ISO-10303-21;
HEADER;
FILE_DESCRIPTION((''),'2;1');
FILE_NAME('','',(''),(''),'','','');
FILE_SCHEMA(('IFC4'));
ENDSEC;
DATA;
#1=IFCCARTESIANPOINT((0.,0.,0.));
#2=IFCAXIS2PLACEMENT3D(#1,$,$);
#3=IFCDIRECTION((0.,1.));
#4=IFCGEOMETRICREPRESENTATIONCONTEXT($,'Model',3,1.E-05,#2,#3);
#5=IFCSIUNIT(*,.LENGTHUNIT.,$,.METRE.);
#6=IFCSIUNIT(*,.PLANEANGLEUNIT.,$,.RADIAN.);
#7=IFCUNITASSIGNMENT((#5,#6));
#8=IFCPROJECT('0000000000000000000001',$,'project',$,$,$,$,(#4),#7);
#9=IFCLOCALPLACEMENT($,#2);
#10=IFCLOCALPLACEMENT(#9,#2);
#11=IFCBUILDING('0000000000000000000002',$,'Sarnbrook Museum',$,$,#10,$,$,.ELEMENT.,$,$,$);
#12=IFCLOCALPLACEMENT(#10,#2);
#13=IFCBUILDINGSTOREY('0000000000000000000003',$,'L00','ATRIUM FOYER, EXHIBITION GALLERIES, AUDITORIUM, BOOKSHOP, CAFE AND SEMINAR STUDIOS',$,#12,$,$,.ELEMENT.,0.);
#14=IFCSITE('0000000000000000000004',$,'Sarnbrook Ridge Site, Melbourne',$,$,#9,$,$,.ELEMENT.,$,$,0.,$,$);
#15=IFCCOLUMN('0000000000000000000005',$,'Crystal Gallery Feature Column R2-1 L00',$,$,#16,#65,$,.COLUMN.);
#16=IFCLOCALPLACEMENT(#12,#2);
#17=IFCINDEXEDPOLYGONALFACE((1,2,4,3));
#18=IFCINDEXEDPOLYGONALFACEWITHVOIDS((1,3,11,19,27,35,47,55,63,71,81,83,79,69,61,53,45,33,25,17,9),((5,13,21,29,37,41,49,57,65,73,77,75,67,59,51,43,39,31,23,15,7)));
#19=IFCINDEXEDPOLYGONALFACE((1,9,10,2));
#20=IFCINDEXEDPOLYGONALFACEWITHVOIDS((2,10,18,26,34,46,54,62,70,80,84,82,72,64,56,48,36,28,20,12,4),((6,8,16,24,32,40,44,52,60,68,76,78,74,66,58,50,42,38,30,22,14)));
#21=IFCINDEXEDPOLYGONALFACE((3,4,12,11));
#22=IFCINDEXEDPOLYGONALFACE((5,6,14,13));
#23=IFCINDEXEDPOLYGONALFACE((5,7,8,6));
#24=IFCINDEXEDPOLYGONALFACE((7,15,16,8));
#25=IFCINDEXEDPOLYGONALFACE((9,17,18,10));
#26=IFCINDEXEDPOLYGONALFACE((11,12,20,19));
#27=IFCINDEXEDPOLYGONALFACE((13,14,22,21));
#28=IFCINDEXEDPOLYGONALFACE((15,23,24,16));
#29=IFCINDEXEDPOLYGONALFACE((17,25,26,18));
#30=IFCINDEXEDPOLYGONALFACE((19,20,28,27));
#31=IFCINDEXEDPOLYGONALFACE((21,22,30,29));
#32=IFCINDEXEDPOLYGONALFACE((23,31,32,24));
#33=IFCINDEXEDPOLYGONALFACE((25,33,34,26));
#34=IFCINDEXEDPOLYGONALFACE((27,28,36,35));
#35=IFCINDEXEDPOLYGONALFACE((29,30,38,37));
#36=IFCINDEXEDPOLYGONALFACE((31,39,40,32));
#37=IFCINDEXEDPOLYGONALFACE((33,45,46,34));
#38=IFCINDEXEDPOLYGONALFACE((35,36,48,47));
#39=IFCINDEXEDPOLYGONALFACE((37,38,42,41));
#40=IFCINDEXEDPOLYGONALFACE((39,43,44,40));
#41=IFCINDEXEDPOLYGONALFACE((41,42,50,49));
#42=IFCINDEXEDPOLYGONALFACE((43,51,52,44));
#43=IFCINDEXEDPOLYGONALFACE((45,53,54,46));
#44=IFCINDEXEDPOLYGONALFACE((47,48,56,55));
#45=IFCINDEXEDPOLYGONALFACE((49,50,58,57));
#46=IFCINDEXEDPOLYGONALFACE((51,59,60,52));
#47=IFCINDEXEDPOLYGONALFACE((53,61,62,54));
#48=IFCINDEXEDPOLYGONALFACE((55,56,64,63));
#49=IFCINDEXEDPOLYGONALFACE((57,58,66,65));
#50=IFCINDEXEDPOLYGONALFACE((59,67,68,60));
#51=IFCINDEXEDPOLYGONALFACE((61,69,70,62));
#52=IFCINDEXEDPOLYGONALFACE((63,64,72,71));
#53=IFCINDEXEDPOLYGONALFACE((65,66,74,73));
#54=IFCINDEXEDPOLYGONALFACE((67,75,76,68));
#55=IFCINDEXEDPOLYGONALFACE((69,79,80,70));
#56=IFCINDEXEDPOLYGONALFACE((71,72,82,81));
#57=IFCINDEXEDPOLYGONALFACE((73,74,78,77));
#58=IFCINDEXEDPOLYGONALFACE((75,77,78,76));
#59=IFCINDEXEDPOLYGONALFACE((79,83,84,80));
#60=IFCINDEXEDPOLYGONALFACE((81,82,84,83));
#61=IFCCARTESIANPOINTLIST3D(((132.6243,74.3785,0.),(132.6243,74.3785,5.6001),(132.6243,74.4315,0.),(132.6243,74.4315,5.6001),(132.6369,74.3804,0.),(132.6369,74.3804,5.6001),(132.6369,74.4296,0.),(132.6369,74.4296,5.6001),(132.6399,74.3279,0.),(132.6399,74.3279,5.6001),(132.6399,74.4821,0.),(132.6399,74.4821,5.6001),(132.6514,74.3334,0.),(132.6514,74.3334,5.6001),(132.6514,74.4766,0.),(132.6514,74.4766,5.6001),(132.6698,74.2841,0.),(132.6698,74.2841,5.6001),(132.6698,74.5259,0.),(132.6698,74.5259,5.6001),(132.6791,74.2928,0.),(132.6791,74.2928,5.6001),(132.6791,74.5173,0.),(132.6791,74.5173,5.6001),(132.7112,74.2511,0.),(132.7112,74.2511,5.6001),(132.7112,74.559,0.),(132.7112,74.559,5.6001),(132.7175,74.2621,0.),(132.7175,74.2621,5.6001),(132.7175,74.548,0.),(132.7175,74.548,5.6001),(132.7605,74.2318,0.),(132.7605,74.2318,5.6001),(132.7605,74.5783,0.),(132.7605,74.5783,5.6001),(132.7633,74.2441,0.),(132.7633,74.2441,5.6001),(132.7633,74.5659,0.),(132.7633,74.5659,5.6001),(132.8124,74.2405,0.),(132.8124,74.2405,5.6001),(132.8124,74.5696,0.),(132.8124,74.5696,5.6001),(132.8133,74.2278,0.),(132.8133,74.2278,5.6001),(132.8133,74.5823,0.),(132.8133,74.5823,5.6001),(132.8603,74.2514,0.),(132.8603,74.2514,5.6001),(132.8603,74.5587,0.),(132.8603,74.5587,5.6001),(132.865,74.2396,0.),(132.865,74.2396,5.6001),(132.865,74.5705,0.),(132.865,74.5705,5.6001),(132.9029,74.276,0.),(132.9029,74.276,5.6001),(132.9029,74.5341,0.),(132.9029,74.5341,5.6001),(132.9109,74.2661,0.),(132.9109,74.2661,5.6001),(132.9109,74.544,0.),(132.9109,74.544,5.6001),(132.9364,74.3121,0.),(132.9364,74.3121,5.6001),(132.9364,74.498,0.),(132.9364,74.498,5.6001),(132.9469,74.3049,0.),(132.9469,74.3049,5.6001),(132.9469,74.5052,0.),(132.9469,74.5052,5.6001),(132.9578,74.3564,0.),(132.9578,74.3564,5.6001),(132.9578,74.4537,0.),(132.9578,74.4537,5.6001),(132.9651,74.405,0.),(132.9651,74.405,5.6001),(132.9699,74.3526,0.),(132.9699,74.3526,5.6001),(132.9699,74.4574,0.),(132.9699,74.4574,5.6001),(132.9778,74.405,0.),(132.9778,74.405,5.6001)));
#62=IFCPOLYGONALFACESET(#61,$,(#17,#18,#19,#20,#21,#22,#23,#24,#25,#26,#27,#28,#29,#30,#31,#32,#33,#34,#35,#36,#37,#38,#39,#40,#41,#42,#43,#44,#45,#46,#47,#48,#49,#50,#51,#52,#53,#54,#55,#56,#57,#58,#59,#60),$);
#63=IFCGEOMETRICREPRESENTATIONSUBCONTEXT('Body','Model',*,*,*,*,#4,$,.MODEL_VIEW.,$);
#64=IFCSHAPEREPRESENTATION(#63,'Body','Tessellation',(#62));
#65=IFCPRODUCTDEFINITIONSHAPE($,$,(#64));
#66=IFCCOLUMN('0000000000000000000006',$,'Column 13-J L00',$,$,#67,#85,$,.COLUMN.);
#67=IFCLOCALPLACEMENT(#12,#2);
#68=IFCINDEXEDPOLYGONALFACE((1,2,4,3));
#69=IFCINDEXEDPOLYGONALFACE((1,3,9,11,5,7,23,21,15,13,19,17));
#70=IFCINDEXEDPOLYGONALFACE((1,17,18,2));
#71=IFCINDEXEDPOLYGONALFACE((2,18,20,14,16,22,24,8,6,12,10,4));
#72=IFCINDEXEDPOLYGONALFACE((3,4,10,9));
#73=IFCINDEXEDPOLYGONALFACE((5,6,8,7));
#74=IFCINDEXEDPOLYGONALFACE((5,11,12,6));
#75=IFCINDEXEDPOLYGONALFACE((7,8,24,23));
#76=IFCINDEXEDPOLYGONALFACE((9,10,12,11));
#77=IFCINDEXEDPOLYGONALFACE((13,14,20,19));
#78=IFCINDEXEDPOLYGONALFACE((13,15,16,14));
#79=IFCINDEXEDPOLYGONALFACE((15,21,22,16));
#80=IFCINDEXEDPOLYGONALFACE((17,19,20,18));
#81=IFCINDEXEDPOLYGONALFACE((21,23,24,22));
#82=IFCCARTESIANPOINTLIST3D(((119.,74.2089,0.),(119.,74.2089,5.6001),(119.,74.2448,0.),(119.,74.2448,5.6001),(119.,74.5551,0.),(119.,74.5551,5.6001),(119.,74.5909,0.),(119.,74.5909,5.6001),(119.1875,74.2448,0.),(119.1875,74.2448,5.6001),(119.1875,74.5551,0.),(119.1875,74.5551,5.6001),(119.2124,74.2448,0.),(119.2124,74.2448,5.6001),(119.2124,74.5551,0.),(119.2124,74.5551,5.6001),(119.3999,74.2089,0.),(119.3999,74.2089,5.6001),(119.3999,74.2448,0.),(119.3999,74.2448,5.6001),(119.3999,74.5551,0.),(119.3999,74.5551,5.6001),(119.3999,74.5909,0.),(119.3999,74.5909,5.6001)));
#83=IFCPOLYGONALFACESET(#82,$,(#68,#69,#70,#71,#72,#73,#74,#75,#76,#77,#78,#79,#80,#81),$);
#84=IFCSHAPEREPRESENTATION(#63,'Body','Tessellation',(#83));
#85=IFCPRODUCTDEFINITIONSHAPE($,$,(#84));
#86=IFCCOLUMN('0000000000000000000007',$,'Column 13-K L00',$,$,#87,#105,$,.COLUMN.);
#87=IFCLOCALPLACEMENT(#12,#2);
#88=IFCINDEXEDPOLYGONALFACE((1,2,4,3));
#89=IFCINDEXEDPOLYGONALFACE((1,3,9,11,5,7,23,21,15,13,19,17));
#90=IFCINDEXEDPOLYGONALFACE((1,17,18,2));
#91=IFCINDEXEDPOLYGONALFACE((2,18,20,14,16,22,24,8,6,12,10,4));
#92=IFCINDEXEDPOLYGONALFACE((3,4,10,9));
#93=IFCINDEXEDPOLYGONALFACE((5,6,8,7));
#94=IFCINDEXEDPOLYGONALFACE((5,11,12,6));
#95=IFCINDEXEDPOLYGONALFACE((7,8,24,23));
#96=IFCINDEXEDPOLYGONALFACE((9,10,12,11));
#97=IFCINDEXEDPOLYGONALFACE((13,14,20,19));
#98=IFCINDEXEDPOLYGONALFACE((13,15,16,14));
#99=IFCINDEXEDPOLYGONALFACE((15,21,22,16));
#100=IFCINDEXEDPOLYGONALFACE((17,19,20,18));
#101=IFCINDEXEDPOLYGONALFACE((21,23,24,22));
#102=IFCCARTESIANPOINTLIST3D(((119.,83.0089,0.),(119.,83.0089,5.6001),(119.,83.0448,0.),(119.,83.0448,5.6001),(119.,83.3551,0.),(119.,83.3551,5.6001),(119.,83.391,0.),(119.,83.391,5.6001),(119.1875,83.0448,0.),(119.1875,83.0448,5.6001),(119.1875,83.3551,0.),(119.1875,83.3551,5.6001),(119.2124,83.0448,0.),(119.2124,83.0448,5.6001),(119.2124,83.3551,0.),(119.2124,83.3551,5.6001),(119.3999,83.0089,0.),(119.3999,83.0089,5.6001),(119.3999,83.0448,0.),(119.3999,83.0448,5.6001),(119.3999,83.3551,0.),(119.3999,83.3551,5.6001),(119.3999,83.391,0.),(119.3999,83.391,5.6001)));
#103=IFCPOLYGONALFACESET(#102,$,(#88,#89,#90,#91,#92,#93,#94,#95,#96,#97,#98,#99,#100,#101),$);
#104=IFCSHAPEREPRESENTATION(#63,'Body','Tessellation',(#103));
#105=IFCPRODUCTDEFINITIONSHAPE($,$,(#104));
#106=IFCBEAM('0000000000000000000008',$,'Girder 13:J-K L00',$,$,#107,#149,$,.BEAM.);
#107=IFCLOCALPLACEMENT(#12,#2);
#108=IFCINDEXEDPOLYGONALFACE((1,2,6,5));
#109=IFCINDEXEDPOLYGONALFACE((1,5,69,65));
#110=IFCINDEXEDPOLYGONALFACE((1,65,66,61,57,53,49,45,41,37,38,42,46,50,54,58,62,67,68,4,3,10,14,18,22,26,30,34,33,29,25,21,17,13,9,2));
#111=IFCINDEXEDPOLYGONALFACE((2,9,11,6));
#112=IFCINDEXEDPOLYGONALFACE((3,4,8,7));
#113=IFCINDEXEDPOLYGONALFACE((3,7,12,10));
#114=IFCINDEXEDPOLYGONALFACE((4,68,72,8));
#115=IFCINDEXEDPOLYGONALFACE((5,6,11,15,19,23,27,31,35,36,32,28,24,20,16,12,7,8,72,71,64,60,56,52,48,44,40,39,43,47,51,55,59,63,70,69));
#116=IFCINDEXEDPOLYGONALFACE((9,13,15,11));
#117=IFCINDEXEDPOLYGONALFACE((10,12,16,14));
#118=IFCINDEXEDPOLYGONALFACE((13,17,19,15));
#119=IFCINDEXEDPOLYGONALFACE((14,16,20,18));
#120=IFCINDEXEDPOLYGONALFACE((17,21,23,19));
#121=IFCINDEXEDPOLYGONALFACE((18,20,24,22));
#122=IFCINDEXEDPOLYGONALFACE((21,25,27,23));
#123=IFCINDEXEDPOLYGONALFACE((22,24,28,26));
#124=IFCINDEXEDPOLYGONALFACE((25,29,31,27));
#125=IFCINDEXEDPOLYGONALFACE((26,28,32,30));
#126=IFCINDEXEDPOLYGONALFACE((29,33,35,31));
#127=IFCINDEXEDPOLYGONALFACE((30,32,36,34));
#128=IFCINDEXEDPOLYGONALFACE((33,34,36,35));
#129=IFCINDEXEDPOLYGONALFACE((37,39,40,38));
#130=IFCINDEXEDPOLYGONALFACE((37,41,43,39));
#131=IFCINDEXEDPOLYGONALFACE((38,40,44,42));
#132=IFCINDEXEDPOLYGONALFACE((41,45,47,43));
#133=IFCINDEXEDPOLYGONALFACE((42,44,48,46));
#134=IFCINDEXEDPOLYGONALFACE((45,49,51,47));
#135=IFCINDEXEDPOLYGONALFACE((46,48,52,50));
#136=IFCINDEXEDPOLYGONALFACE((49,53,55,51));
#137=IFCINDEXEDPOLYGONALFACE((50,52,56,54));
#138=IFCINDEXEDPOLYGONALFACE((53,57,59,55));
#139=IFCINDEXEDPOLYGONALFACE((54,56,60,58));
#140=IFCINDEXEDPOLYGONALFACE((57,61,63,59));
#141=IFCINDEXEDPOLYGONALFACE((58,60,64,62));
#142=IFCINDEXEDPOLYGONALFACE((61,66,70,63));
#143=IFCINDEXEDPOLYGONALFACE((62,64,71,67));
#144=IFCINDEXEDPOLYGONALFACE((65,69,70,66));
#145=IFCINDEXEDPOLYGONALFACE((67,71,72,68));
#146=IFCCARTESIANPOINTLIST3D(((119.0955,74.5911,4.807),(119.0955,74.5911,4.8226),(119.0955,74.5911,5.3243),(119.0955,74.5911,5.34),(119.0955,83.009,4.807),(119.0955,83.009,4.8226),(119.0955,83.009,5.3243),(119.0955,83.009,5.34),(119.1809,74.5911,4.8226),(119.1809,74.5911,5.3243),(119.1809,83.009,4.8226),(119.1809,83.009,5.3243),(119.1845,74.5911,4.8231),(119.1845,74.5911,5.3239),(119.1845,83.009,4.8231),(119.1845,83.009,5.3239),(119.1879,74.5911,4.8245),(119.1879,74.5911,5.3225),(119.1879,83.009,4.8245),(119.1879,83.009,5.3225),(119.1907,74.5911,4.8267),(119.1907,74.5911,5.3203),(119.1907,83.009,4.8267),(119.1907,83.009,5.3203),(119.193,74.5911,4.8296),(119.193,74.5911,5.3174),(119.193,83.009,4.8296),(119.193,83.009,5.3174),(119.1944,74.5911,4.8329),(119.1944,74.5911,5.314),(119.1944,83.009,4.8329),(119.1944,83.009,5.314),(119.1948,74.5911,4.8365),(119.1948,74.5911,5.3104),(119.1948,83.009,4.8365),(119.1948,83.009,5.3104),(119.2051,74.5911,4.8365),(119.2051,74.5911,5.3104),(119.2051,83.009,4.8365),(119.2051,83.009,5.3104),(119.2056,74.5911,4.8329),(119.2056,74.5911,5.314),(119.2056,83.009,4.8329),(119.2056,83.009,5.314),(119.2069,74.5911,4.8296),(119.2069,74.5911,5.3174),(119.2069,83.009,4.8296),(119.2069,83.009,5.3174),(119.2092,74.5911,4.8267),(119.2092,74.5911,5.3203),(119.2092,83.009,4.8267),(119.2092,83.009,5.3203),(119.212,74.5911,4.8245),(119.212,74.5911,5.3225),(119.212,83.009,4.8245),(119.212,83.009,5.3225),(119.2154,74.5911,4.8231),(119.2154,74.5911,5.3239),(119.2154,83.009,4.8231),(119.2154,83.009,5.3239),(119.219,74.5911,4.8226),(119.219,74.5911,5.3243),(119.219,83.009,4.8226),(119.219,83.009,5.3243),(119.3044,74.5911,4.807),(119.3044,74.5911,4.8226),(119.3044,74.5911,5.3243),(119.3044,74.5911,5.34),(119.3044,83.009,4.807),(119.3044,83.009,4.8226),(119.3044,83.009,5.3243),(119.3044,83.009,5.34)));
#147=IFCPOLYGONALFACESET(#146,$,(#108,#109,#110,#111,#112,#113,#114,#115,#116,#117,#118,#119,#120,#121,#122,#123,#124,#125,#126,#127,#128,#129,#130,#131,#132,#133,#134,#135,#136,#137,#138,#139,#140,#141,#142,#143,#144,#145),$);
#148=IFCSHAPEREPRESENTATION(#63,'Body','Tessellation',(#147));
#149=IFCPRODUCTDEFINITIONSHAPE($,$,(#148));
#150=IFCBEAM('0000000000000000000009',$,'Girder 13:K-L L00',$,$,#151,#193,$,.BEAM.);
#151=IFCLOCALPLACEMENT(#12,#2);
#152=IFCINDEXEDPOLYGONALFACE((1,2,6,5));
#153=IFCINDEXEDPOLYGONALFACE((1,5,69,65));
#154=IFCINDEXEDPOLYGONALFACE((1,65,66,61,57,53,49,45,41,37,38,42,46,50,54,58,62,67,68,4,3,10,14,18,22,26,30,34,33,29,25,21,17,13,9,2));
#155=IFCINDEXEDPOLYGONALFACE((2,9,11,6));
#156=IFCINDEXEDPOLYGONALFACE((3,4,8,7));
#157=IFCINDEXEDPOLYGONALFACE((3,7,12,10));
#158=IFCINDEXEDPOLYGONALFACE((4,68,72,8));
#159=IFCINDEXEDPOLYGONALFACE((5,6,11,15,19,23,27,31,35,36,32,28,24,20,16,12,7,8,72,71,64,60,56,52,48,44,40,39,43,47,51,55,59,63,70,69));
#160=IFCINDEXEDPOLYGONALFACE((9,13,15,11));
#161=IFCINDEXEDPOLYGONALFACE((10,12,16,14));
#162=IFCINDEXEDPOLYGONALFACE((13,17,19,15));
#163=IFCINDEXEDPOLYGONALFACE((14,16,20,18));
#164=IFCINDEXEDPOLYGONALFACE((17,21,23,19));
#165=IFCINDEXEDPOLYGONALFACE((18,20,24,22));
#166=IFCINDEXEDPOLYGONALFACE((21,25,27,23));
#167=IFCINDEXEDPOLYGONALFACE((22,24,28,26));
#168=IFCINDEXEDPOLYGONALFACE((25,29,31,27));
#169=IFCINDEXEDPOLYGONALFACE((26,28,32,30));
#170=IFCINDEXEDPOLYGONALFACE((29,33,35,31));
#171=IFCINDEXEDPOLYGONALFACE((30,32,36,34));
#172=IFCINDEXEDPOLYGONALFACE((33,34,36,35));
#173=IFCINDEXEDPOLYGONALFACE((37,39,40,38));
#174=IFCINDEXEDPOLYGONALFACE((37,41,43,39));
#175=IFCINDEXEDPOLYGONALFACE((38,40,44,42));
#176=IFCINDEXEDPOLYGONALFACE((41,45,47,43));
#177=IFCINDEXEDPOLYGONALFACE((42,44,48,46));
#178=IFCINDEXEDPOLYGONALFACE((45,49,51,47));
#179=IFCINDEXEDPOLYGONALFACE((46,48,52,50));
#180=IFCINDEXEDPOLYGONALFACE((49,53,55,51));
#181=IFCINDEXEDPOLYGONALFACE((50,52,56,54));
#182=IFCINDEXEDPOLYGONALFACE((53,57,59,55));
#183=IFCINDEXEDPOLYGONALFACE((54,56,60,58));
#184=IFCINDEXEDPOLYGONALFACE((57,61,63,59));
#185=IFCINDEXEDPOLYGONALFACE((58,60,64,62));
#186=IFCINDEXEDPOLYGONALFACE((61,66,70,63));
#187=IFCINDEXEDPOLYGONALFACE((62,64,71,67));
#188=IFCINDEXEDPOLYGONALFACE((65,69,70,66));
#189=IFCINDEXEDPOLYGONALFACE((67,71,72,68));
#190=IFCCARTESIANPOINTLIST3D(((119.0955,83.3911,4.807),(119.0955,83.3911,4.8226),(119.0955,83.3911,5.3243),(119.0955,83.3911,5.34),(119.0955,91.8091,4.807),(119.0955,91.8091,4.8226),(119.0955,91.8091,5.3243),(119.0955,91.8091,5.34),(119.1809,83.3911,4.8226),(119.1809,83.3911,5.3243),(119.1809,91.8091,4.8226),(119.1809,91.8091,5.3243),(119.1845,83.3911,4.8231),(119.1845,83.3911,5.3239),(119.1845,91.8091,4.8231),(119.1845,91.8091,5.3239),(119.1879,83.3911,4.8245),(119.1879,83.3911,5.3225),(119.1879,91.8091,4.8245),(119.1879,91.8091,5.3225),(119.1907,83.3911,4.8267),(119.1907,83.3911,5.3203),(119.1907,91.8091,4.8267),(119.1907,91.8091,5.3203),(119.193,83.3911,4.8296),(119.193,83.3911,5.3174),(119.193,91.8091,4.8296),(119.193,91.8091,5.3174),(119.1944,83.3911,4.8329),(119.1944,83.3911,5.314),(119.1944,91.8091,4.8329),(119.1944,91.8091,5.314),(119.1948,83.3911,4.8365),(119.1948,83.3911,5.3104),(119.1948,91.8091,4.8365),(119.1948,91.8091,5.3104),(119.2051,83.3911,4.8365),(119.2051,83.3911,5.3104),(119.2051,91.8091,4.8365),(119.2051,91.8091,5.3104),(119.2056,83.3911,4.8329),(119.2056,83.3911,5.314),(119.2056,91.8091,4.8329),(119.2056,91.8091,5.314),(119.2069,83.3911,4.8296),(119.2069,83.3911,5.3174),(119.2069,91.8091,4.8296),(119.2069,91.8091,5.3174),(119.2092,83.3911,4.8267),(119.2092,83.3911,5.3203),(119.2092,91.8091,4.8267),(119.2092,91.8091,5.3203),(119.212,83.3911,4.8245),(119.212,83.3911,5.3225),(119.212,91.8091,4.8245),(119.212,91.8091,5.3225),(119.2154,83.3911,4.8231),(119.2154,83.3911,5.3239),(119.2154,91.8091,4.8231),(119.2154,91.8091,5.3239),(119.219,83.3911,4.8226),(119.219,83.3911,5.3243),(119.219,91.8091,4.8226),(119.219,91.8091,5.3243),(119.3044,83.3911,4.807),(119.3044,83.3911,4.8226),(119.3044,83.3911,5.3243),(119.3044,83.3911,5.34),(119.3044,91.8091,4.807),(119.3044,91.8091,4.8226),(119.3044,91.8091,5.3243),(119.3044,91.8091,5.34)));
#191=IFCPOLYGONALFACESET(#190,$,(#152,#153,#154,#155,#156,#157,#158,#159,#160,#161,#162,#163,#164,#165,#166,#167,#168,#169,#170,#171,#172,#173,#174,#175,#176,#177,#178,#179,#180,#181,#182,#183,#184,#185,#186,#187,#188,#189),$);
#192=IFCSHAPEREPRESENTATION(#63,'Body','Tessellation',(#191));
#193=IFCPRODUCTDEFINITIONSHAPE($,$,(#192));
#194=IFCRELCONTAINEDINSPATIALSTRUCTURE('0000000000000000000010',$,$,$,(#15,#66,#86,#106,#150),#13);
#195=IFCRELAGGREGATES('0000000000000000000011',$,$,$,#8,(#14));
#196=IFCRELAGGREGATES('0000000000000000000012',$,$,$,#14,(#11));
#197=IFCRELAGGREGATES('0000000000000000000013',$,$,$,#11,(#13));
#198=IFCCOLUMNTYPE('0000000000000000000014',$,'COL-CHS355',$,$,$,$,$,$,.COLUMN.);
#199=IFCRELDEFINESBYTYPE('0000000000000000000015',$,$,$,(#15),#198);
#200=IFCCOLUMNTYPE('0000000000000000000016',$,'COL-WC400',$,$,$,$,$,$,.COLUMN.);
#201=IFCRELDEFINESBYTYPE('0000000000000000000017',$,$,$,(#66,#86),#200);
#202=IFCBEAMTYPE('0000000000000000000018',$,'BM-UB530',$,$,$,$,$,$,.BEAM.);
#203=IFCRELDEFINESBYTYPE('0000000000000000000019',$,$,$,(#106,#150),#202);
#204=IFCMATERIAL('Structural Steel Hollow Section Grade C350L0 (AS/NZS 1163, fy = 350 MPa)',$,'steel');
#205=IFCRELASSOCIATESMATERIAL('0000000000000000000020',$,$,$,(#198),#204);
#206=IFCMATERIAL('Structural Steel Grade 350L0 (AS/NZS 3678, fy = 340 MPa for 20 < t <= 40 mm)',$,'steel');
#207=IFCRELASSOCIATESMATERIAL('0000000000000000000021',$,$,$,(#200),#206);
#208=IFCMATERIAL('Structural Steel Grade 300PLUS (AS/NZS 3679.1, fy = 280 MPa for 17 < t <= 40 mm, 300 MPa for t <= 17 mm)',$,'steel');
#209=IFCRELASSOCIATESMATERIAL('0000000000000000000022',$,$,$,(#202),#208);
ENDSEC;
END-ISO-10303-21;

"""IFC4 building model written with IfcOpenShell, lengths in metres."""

from ifc_helpers import new_model, si_unit, direction, frame, origin, origin_2d, place, context, subcontext, project, spatial, hollow_circle, i_section, extrude, material, material_profile, profile_set, type_object, element, save


model = new_model("IFC4")

# Units and contexts
model_context = context("Model", 3, precision=1e-05, world=origin(), true_north=direction((0.0, 1.0)))
body_context = subcontext(model_context, "Body", "Model", "MODEL_VIEW")
ifc_project = project(units=[si_unit("LENGTHUNIT", "METRE"), si_unit("PLANEANGLEUNIT", "RADIAN")], contexts=[model_context])

# Site, building, storey
site_placement = place(None, origin())
site = spatial("IfcSite", under=ifc_project, at=site_placement, Name="Sarnbrook Ridge Site, Melbourne", CompositionType="ELEMENT", RefElevation=0.0)
building_placement = place(site_placement, origin())
building = spatial("IfcBuilding", under=site, at=building_placement, Name="Sarnbrook Museum", CompositionType="ELEMENT")
storey_placement = place(building_placement, origin())
storey = spatial("IfcBuildingStorey", under=building, at=storey_placement, Name="L00", Description="ATRIUM FOYER, EXHIBITION GALLERIES, AUDITORIUM, BOOKSHOP, CAFE AND SEMINAR STUDIOS", CompositionType="ELEMENT", Elevation=0.0)

# Columns
ifc_material_1 = material(Name="Structural Steel Hollow Section Grade C350L0 (AS/NZS 1163, fy = 350 MPa)", Category="steel")
ifc_material_profile_1 = material_profile(ifc_material_1, hollow_circle(Radius=0.1777, WallThickness=0.0127, at=origin_2d()), Name="355.6x12.7CHS")
ifc_profile_set_1 = profile_set([ifc_material_profile_1], Name="Structural Steel Hollow Section Grade C350L0 (AS/NZS 1163, fy = 350 MPa)")
column_type_1 = type_object("IfcColumnType", Name="COL-CHS355", PredefinedType="COLUMN", material=ifc_profile_set_1)
column_placement = place(storey_placement, frame((132.8, 74.405, 0.0), z_axis=(0.0, 0.0, 1.0), x_axis=(1.0, 0.0, 0.0)))
element("IfcColumn", 1, at=column_placement, inside=storey, type_object=column_type_1, Name="Crystal Gallery Feature Column R2-1 L00", PredefinedType="COLUMN", context=body_context, shape_type="SweptSolid", body=[
    extrude(hollow_circle(Radius=0.1777, WallThickness=0.0127, at=origin_2d()), origin(), (0.0, 0.0, 1.0), 5.6001),
])
ifc_material_2 = material(Name="Structural Steel Grade 350L0 (AS/NZS 3678, fy = 340 MPa for 20 < t <= 40 mm)", Category="steel")
ifc_material_profile_2 = material_profile(ifc_material_2, i_section(OverallWidth=0.3999, OverallDepth=0.3821, WebThickness=0.0249, FlangeThickness=0.0359, at=origin_2d()), Name="400WC270")
ifc_profile_set_2 = profile_set([ifc_material_profile_2], Name="Structural Steel Grade 350L0 (AS/NZS 3678, fy = 340 MPa for 20 < t <= 40 mm)")
column_type_2 = type_object("IfcColumnType", Name="COL-WC400", PredefinedType="COLUMN", material=ifc_profile_set_2)
for number, where, z_axis, x_axis, name in (
    (2, (119.2, 74.3999, 0.0), (0.0, 0.0, 1.0), (1.0, 0.0, 0.0), "Column 13-J L00"),
    (3, (119.2, 83.2, 0.0), (0.0, 0.0, 1.0), (1.0, 0.0, 0.0), "Column 13-K L00"),
):
    element("IfcColumn", number, at=place(storey_placement, frame(where, z_axis=z_axis, x_axis=x_axis)), inside=storey, type_object=column_type_2, Name=name, PredefinedType="COLUMN", context=body_context, shape_type="SweptSolid", body=[
        extrude(i_section(OverallWidth=0.3999, OverallDepth=0.3821, WebThickness=0.0249, FlangeThickness=0.0359, at=origin_2d()), origin(), (0.0, 0.0, 1.0), 5.6001),
    ])

# Beams
ifc_material_3 = material(Name="Structural Steel Grade 300PLUS (AS/NZS 3679.1, fy = 280 MPa for 17 < t <= 40 mm, 300 MPa for t <= 17 mm)", Category="steel")
ifc_material_profile_3 = material_profile(ifc_material_3, i_section(OverallWidth=0.209, OverallDepth=0.533, WebThickness=0.0103, FlangeThickness=0.0156, FilletRadius=0.0139, at=origin_2d()), Name="530UB92.4")
ifc_profile_set_3 = profile_set([ifc_material_profile_3], Name="Structural Steel Grade 300PLUS (AS/NZS 3679.1, fy = 280 MPa for 17 < t <= 40 mm, 300 MPa for t <= 17 mm)")
beam_type_1 = type_object("IfcBeamType", Name="BM-UB530", PredefinedType="BEAM", material=ifc_profile_set_3)
for number, where, z_axis, x_axis, name in (
    (4, (119.2, 74.5911, 5.0735), (0.0, 1.0, 0.0), (-1.0, 0.0, 0.0), "Girder 13:J-K L00"),
    (5, (119.2, 83.3911, 5.0735), (0.0, 1.0, 0.0), (-1.0, 0.0, 0.0), "Girder 13:K-L L00"),
):
    element("IfcBeam", number, at=place(storey_placement, frame(where, z_axis=z_axis, x_axis=x_axis)), inside=storey, type_object=beam_type_1, Name=name, PredefinedType="BEAM", context=body_context, shape_type="SweptSolid", body=[
        extrude(i_section(OverallWidth=0.209, OverallDepth=0.533, WebThickness=0.0103, FlangeThickness=0.0156, FilletRadius=0.0139, at=origin_2d()), origin(), (0.0, 0.0, 1.0), 8.418),
    ])

save(model, "model.ifc")
